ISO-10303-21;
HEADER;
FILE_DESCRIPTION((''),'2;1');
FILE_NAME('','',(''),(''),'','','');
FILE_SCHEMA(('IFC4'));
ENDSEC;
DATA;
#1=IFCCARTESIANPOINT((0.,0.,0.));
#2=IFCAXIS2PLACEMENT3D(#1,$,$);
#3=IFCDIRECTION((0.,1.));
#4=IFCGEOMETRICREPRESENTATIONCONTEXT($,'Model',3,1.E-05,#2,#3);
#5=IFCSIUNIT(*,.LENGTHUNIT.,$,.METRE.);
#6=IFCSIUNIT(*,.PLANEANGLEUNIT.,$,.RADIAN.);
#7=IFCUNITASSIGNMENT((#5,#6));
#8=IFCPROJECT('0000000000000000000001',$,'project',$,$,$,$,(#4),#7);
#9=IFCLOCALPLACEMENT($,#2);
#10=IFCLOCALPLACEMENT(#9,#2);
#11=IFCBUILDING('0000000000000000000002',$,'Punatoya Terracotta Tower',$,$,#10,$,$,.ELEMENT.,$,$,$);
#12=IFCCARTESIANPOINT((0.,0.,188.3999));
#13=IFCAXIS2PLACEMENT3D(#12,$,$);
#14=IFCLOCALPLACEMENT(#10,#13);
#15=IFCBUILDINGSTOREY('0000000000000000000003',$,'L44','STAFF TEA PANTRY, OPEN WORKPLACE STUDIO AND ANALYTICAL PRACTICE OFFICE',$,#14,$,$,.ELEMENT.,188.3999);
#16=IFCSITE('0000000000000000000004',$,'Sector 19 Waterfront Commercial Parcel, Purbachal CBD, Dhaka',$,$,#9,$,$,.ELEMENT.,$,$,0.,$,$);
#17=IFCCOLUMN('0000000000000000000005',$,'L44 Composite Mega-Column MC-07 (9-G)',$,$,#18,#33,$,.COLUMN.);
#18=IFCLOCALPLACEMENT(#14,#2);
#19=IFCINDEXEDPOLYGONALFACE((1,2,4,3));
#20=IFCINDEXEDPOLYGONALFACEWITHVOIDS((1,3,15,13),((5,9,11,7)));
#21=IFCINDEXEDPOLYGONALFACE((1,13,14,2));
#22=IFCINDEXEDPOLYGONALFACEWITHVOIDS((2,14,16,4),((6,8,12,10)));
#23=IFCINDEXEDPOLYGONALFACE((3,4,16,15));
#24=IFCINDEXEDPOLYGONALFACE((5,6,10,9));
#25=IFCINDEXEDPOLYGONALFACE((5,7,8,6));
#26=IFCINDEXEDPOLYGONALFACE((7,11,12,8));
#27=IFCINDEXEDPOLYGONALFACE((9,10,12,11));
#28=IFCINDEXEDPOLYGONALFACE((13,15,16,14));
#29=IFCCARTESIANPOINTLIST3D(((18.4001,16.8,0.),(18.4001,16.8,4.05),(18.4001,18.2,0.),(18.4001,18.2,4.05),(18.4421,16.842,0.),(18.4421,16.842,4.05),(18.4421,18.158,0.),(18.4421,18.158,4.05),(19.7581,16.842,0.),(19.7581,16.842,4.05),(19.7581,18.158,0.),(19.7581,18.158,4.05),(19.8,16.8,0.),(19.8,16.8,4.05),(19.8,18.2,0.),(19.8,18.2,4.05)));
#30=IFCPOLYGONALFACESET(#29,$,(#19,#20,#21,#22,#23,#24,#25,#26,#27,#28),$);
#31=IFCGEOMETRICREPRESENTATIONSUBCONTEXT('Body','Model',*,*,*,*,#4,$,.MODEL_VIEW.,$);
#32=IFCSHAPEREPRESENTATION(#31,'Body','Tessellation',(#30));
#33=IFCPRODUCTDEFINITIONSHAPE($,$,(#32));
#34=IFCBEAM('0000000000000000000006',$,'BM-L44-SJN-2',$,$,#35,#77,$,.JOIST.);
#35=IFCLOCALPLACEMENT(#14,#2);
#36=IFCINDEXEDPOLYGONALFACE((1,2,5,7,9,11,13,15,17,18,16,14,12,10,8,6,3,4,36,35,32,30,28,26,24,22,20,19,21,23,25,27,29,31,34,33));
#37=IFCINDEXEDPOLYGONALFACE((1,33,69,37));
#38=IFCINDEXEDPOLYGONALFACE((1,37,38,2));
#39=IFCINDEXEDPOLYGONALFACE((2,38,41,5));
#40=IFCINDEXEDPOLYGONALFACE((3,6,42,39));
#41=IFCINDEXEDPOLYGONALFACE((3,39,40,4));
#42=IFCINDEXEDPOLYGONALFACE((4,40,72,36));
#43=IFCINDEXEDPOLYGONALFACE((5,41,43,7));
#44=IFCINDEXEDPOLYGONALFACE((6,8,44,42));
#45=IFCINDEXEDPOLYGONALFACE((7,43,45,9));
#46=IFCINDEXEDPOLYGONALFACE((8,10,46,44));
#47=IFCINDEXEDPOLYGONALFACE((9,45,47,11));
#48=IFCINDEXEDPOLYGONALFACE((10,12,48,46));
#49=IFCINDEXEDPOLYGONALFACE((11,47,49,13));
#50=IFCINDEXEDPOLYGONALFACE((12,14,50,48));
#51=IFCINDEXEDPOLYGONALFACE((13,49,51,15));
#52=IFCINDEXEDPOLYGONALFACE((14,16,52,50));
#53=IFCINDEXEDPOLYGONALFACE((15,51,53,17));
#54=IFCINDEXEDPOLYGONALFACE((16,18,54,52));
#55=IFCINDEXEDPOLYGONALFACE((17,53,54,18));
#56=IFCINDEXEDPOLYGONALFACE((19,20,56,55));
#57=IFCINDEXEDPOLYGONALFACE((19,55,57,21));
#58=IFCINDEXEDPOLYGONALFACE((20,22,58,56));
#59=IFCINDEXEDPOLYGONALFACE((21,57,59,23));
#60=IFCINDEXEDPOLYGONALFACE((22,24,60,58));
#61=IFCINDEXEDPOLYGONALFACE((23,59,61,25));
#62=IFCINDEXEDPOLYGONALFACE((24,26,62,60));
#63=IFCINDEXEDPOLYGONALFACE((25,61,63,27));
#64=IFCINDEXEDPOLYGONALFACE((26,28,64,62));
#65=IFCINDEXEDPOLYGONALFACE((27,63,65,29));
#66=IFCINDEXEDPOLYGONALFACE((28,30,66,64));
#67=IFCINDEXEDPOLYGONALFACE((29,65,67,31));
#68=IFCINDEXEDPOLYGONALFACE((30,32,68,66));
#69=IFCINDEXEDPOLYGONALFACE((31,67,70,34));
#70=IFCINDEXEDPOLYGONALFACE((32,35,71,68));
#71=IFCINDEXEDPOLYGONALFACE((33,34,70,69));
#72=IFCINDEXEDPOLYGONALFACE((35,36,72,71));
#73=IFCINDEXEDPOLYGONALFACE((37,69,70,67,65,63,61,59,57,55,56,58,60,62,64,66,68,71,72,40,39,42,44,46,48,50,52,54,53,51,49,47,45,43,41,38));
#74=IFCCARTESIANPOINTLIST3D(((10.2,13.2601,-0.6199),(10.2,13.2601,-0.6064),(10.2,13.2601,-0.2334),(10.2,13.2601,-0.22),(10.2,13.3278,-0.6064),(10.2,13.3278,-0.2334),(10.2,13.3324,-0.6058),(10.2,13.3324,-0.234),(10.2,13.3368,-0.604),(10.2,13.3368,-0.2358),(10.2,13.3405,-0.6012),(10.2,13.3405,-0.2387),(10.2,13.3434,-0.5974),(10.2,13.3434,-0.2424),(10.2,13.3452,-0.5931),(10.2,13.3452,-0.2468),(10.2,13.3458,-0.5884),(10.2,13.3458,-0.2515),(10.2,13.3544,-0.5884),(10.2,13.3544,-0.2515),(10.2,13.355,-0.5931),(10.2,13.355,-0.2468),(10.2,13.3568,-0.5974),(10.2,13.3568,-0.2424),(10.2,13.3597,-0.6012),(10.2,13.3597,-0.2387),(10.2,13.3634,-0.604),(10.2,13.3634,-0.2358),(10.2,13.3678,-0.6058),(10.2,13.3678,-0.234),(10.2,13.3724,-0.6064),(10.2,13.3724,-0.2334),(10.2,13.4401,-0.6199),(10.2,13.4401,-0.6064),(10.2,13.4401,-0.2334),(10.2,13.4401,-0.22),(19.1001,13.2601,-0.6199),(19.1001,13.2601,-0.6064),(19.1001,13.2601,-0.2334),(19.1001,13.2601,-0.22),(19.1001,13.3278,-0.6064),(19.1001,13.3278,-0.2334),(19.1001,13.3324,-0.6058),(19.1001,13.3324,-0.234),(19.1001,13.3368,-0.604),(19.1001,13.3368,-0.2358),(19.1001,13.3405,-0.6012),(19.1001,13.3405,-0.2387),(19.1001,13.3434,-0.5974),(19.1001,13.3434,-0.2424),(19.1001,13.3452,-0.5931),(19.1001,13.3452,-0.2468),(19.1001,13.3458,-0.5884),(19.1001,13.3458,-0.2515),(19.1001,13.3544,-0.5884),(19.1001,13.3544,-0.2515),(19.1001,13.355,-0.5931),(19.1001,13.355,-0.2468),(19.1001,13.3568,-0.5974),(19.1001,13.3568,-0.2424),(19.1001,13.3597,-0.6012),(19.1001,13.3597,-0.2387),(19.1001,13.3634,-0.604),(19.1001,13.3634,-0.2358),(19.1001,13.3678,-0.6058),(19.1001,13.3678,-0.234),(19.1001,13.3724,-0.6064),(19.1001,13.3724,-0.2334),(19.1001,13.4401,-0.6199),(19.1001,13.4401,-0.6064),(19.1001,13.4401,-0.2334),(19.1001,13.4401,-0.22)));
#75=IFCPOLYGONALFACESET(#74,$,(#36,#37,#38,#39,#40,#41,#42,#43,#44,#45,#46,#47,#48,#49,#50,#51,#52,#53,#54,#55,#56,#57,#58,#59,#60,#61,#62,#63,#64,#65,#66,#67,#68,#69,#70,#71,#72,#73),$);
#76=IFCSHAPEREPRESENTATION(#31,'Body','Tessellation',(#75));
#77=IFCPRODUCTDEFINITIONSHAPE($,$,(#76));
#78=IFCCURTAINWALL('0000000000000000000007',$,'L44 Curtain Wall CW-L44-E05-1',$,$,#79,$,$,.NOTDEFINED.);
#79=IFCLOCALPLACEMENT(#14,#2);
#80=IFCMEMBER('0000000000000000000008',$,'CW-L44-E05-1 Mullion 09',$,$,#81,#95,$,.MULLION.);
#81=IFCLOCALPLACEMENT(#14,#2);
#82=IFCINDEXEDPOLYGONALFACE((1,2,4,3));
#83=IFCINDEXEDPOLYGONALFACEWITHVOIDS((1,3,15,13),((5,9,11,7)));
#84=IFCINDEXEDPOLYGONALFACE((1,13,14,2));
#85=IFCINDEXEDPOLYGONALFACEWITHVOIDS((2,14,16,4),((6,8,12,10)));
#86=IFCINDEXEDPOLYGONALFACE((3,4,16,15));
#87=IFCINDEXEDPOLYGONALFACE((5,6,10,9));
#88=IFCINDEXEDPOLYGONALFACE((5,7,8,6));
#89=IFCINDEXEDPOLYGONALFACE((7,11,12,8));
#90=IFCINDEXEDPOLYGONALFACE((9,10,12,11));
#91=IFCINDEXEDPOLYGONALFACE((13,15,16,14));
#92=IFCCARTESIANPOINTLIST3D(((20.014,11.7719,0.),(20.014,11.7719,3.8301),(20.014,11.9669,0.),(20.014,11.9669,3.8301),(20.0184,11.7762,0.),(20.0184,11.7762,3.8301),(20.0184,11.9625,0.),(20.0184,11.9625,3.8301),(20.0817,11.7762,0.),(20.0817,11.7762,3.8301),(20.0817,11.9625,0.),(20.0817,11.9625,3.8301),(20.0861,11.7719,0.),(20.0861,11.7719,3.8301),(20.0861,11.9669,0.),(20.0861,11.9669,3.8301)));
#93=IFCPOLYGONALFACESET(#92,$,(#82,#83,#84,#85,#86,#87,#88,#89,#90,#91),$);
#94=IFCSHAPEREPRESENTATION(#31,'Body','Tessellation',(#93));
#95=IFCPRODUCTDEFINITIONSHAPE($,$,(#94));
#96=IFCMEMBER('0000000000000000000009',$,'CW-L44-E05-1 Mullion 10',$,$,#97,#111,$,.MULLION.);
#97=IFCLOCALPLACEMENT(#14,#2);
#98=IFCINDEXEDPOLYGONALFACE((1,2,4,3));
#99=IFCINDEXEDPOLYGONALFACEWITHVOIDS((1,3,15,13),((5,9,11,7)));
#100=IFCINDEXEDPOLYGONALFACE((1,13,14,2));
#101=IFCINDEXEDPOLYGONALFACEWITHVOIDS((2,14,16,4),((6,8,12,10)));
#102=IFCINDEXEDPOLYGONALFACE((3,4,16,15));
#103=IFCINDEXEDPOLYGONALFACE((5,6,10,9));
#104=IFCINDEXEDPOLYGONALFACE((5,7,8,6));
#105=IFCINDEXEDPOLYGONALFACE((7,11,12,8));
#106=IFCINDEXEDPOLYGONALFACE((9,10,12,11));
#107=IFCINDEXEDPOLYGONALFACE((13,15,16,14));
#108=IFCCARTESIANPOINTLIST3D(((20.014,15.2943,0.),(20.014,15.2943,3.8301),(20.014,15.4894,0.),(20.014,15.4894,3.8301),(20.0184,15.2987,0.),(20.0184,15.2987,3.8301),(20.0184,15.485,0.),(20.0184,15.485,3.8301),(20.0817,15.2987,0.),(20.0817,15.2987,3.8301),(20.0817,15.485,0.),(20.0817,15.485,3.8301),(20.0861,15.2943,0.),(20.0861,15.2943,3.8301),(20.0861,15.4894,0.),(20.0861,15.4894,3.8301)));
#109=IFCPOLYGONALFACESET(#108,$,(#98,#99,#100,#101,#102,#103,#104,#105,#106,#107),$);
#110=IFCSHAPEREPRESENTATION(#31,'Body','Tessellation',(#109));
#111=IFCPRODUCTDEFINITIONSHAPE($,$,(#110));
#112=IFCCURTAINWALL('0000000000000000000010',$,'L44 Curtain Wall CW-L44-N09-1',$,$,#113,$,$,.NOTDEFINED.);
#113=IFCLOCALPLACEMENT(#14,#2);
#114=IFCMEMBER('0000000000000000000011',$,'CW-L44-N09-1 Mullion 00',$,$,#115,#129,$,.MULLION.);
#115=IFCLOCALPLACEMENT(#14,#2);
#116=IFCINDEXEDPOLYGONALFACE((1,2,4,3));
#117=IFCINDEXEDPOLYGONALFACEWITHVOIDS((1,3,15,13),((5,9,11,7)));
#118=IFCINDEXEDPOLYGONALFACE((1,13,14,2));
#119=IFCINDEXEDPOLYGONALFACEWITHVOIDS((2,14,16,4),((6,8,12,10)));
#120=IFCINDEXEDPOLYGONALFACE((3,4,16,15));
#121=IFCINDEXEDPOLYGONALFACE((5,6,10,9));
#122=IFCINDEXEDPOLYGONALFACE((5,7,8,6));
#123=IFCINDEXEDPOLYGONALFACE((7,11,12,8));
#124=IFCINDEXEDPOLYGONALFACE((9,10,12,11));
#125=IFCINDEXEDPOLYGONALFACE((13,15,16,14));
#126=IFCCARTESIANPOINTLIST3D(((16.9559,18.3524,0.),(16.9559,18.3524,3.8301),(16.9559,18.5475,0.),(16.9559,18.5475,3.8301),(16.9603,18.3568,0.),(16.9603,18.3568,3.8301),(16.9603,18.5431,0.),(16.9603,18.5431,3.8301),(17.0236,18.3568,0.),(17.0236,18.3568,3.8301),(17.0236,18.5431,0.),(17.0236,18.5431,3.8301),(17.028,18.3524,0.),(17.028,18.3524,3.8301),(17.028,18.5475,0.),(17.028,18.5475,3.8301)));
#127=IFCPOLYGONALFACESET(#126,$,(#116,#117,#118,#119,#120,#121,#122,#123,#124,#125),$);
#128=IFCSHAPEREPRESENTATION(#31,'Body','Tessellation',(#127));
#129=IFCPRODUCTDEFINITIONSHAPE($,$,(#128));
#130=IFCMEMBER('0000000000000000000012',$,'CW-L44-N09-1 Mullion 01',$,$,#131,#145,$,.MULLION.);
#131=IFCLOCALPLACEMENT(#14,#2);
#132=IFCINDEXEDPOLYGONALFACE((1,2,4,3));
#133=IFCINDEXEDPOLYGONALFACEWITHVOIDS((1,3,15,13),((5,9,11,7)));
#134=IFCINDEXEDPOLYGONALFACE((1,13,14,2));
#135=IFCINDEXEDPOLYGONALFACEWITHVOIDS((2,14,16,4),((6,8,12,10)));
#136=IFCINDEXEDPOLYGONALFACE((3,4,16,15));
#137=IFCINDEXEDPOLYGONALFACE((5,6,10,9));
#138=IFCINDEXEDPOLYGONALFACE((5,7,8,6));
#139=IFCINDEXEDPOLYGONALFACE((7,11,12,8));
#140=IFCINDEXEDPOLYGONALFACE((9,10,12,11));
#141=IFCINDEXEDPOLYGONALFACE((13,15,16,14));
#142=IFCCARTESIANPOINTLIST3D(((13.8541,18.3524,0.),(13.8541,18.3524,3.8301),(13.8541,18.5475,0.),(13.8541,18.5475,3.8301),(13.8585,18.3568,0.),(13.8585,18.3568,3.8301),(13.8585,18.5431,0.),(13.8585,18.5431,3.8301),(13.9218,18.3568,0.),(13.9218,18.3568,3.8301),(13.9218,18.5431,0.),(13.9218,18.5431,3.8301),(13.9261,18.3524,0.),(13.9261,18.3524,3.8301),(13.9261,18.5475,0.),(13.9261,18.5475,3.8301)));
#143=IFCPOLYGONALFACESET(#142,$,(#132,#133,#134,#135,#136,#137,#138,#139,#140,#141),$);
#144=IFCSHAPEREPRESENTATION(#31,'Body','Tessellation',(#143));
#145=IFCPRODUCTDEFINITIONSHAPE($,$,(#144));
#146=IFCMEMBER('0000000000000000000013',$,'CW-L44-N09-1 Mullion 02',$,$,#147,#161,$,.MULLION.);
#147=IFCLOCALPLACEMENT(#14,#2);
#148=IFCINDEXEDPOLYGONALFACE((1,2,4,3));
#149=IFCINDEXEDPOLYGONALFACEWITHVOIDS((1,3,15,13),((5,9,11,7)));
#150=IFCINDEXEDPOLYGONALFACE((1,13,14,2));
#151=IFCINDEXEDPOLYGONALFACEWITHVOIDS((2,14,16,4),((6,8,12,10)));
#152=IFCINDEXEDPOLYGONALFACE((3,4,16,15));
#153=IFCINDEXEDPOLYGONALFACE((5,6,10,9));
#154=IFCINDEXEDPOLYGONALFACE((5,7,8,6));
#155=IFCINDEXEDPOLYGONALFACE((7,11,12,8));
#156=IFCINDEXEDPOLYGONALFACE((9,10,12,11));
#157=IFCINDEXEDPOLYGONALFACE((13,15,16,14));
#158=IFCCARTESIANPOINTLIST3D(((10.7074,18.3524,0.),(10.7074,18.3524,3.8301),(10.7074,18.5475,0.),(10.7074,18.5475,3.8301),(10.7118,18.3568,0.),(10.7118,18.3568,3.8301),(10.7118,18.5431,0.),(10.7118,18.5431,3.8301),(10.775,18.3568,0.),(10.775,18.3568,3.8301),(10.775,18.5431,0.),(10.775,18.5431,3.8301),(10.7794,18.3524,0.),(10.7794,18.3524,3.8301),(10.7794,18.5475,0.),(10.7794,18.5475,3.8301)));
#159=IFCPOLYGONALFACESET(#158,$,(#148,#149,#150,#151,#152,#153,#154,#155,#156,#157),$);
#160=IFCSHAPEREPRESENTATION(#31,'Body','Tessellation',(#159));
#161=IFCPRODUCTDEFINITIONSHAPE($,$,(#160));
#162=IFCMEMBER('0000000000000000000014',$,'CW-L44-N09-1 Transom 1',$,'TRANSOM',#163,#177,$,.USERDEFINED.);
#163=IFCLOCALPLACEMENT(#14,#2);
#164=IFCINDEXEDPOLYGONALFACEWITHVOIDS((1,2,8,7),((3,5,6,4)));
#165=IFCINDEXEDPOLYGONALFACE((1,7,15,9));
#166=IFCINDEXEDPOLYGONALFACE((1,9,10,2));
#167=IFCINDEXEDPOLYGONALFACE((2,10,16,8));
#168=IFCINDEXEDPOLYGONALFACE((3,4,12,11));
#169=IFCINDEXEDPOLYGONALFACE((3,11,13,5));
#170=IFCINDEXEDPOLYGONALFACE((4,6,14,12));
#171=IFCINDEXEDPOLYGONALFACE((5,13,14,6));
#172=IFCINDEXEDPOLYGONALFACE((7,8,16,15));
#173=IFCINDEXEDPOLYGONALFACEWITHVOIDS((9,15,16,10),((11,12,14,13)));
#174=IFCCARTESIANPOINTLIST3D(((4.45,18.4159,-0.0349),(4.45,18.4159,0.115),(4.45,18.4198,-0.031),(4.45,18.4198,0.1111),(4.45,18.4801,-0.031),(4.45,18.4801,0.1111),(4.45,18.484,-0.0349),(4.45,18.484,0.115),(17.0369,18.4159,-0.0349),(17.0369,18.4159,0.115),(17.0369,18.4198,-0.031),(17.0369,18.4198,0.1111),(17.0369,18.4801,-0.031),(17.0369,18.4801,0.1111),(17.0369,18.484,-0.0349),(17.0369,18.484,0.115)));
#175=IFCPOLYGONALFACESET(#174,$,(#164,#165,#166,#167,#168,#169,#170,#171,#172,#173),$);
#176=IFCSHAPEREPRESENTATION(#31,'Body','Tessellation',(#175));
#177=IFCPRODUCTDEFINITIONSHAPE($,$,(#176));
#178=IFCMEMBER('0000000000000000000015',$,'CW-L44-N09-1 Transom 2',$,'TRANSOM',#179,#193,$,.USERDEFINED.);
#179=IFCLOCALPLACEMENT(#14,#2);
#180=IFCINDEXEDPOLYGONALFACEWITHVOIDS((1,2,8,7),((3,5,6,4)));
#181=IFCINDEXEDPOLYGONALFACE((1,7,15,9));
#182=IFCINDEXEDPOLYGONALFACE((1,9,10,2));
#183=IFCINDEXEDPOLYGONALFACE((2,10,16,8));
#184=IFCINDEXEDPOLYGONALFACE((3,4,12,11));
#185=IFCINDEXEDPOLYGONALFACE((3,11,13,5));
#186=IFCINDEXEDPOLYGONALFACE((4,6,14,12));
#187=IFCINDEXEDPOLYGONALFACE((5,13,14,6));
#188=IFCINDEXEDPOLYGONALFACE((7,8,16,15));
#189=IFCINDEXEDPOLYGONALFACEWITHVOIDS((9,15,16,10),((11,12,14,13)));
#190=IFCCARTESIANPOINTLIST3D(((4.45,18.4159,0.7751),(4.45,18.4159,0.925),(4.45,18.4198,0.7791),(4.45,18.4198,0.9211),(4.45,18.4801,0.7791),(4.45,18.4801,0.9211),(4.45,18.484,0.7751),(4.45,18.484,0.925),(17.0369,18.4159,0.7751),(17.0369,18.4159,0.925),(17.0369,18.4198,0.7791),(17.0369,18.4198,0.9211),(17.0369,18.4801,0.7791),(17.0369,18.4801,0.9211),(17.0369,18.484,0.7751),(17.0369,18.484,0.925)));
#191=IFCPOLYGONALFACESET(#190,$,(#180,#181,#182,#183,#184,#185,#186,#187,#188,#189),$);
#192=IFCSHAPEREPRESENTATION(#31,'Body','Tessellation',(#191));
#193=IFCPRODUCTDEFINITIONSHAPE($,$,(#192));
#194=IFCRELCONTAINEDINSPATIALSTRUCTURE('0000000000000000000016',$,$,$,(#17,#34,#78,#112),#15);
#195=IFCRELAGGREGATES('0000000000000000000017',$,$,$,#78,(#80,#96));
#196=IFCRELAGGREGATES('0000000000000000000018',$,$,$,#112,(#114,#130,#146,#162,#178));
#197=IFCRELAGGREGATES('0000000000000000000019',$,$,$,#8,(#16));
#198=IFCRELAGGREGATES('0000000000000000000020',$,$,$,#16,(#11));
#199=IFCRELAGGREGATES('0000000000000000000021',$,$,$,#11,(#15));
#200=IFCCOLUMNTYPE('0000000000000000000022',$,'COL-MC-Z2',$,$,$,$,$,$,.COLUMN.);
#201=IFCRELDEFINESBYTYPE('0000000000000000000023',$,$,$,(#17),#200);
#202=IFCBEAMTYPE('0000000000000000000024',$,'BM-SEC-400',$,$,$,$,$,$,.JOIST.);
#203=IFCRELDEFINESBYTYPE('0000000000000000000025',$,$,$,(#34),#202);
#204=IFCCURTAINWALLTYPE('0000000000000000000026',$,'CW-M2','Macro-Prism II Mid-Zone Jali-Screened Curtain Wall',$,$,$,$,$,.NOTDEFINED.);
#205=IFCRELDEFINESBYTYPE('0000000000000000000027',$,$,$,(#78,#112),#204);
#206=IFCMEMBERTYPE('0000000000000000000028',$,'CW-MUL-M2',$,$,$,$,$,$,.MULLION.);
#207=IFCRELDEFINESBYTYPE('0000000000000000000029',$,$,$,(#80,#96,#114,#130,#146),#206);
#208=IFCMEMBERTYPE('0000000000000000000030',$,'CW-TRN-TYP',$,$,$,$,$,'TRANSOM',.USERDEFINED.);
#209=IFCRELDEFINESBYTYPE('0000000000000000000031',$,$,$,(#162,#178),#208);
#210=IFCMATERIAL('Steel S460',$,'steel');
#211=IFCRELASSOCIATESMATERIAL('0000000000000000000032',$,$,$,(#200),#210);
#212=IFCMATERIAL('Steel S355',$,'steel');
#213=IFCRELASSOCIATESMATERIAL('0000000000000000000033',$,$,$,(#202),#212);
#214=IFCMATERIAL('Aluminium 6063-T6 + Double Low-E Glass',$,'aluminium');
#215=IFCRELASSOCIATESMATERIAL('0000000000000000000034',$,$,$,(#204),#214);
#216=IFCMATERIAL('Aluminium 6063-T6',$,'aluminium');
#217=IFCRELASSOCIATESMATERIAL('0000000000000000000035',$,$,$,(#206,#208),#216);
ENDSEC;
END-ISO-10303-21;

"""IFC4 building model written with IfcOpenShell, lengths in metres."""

from ifc_helpers import new_model, si_unit, direction, frame, origin, origin_2d, place, context, subcontext, project, spatial, hollow_rectangle, i_section, extrude, material, material_profile, profile_set, type_object, element, aggregate, save


model = new_model("IFC4")

# Units and contexts
model_context = context("Model", 3, precision=1e-05, world=origin(), true_north=direction((0.0, 1.0)))
body_context = subcontext(model_context, "Body", "Model", "MODEL_VIEW")
ifc_project = project(units=[si_unit("LENGTHUNIT", "METRE"), si_unit("PLANEANGLEUNIT", "RADIAN")], contexts=[model_context])

# Site, building, storey
site_placement = place(None, origin())
site = spatial("IfcSite", under=ifc_project, at=site_placement, Name="Sector 19 Waterfront Commercial Parcel, Purbachal CBD, Dhaka", CompositionType="ELEMENT", RefElevation=0.0)
building_placement = place(site_placement, origin())
building = spatial("IfcBuilding", under=site, at=building_placement, Name="Punatoya Terracotta Tower", CompositionType="ELEMENT")
storey_placement = place(building_placement, frame((0.0, 0.0, 188.3999)))
storey = spatial("IfcBuildingStorey", under=building, at=storey_placement, Name="L44", Description="STAFF TEA PANTRY, OPEN WORKPLACE STUDIO AND ANALYTICAL PRACTICE OFFICE", CompositionType="ELEMENT", Elevation=188.3999)

# Column
ifc_material_1 = material(Name="Steel S460", Category="steel")
ifc_material_profile_1 = material_profile(ifc_material_1, hollow_rectangle(XDim=1.3999, YDim=1.3999, WallThickness=0.042, at=origin_2d()))
ifc_profile_set_1 = profile_set([ifc_material_profile_1], Name="Steel S460")
column_type = type_object("IfcColumnType", Name="COL-MC-Z2", PredefinedType="COLUMN", material=ifc_profile_set_1)
column_placement = place(storey_placement, frame((19.1001, 17.5, 0.0), z_axis=(0.0, 0.0, 1.0), x_axis=(1.0, 0.0, 0.0)))
element("IfcColumn", 1, at=column_placement, inside=storey, type_object=column_type, Name="L44 Composite Mega-Column MC-07 (9-G)", PredefinedType="COLUMN", context=body_context, shape_type="SweptSolid", body=[
    extrude(hollow_rectangle(XDim=1.3999, YDim=1.3999, WallThickness=0.042, at=origin_2d()), origin(), (0.0, 0.0, 1.0), 4.05),
])

# Beam
ifc_material_2 = material(Name="Steel S355", Category="steel")
ifc_material_profile_2 = material_profile(ifc_material_2, i_section(OverallWidth=0.1799, OverallDepth=0.3999, WebThickness=0.0085, FlangeThickness=0.0134, FilletRadius=0.0181, at=origin_2d()))
ifc_profile_set_2 = profile_set([ifc_material_profile_2], Name="Steel S355")
beam_type = type_object("IfcBeamType", Name="BM-SEC-400", PredefinedType="JOIST", material=ifc_profile_set_2)
beam_placement = place(storey_placement, frame((10.2, 13.3501, -0.4199), z_axis=(1.0, 0.0, 0.0), x_axis=(0.0, 1.0, 0.0)))
element("IfcBeam", 2, at=beam_placement, inside=storey, type_object=beam_type, Name="BM-L44-SJN-2", PredefinedType="JOIST", context=body_context, shape_type="SweptSolid", body=[
    extrude(i_section(OverallWidth=0.1799, OverallDepth=0.3999, WebThickness=0.0085, FlangeThickness=0.0134, FilletRadius=0.0181, at=origin_2d()), origin(), (0.0, 0.0, 1.0), 8.9001),
])

# Curtain walls, members
ifc_material_3 = material(Name="Aluminium 6063-T6 + Double Low-E Glass", Category="aluminium")
curtain_wall_type = type_object("IfcCurtainWallType", Name="CW-M2", Description="Macro-Prism II Mid-Zone Jali-Screened Curtain Wall", PredefinedType="NOTDEFINED", material=ifc_material_3)
curtain_wall_1_placement = place(storey_placement, origin())
curtain_wall_1 = element("IfcCurtainWall", 3, at=curtain_wall_1_placement, inside=storey, type_object=curtain_wall_type, Name="L44 Curtain Wall CW-L44-E05-1", PredefinedType="NOTDEFINED")
ifc_material_4 = material(Name="Aluminium 6063-T6", Category="aluminium")
ifc_material_profile_3 = material_profile(ifc_material_4, hollow_rectangle(XDim=0.072, YDim=0.1951, WallThickness=0.0044, at=origin_2d()))
ifc_profile_set_3 = profile_set([ifc_material_profile_3], Name="Aluminium 6063-T6")
member_type_1 = type_object("IfcMemberType", Name="CW-MUL-M2", PredefinedType="MULLION", material=ifc_profile_set_3)
member_1_placement = place(storey_placement, frame((20.05, 11.8694, 0.0), z_axis=(0.0, 0.0, 1.0), x_axis=(1.0, 0.0, 0.0)))
member_1 = element("IfcMember", 4, at=member_1_placement, type_object=member_type_1, Name="CW-L44-E05-1 Mullion 09", PredefinedType="MULLION", context=body_context, shape_type="SweptSolid", body=[
    extrude(hollow_rectangle(XDim=0.072, YDim=0.1951, WallThickness=0.0044, at=origin_2d()), origin(), (0.0, 0.0, 1.0), 3.8301),
])
member_2_placement = place(storey_placement, frame((20.05, 15.3918, 0.0), z_axis=(0.0, 0.0, 1.0), x_axis=(1.0, 0.0, 0.0)))
member_2 = element("IfcMember", 5, at=member_2_placement, type_object=member_type_1, Name="CW-L44-E05-1 Mullion 10", PredefinedType="MULLION", context=body_context, shape_type="SweptSolid", body=[
    extrude(hollow_rectangle(XDim=0.072, YDim=0.1951, WallThickness=0.0044, at=origin_2d()), origin(), (0.0, 0.0, 1.0), 3.8301),
])
curtain_wall_2_placement = place(storey_placement, origin())
curtain_wall_2 = element("IfcCurtainWall", 6, at=curtain_wall_2_placement, inside=storey, type_object=curtain_wall_type, Name="L44 Curtain Wall CW-L44-N09-1", PredefinedType="NOTDEFINED")
member_3_placement = place(storey_placement, frame((16.9919, 18.45, 0.0), z_axis=(0.0, 0.0, 1.0), x_axis=(1.0, 0.0, 0.0)))
member_3 = element("IfcMember", 7, at=member_3_placement, type_object=member_type_1, Name="CW-L44-N09-1 Mullion 00", PredefinedType="MULLION", context=body_context, shape_type="SweptSolid", body=[
    extrude(hollow_rectangle(XDim=0.072, YDim=0.1951, WallThickness=0.0044, at=origin_2d()), origin(), (0.0, 0.0, 1.0), 3.8301),
])
member_4_placement = place(storey_placement, frame((13.8901, 18.45, 0.0), z_axis=(0.0, 0.0, 1.0), x_axis=(1.0, 0.0, 0.0)))
member_4 = element("IfcMember", 8, at=member_4_placement, type_object=member_type_1, Name="CW-L44-N09-1 Mullion 01", PredefinedType="MULLION", context=body_context, shape_type="SweptSolid", body=[
    extrude(hollow_rectangle(XDim=0.072, YDim=0.1951, WallThickness=0.0044, at=origin_2d()), origin(), (0.0, 0.0, 1.0), 3.8301),
])
member_5_placement = place(storey_placement, frame((10.7434, 18.45, 0.0), z_axis=(0.0, 0.0, 1.0), x_axis=(1.0, 0.0, 0.0)))
member_5 = element("IfcMember", 9, at=member_5_placement, type_object=member_type_1, Name="CW-L44-N09-1 Mullion 02", PredefinedType="MULLION", context=body_context, shape_type="SweptSolid", body=[
    extrude(hollow_rectangle(XDim=0.072, YDim=0.1951, WallThickness=0.0044, at=origin_2d()), origin(), (0.0, 0.0, 1.0), 3.8301),
])
ifc_material_profile_4 = material_profile(ifc_material_4, hollow_rectangle(XDim=0.0681, YDim=0.1499, WallThickness=0.0039, at=origin_2d()))
ifc_profile_set_4 = profile_set([ifc_material_profile_4], Name="Aluminium 6063-T6")
member_type_2 = type_object("IfcMemberType", Name="CW-TRN-TYP", ElementType="TRANSOM", PredefinedType="USERDEFINED", material=ifc_profile_set_4)
member_6_placement = place(storey_placement, frame((17.0369, 18.45, 0.04), z_axis=(-1.0, 0.0, 0.0), x_axis=(0.0, -1.0, 0.0)))
member_6 = element("IfcMember", 10, at=member_6_placement, type_object=member_type_2, Name="CW-L44-N09-1 Transom 1", ObjectType="TRANSOM", PredefinedType="USERDEFINED", context=body_context, shape_type="SweptSolid", body=[
    extrude(hollow_rectangle(XDim=0.0681, YDim=0.1499, WallThickness=0.0039, at=origin_2d()), origin(), (0.0, 0.0, 1.0), 12.5869),
])
member_7_placement = place(storey_placement, frame((17.0369, 18.45, 0.8501), z_axis=(-1.0, 0.0, 0.0), x_axis=(0.0, -1.0, 0.0)))
member_7 = element("IfcMember", 11, at=member_7_placement, type_object=member_type_2, Name="CW-L44-N09-1 Transom 2", ObjectType="TRANSOM", PredefinedType="USERDEFINED", context=body_context, shape_type="SweptSolid", body=[
    extrude(hollow_rectangle(XDim=0.0681, YDim=0.1499, WallThickness=0.0039, at=origin_2d()), origin(), (0.0, 0.0, 1.0), 12.5869),
])

aggregate(curtain_wall_1, [member_1, member_2])
aggregate(curtain_wall_2, [member_3, member_4, member_5, member_6, member_7])

save(model, "model.ifc")
